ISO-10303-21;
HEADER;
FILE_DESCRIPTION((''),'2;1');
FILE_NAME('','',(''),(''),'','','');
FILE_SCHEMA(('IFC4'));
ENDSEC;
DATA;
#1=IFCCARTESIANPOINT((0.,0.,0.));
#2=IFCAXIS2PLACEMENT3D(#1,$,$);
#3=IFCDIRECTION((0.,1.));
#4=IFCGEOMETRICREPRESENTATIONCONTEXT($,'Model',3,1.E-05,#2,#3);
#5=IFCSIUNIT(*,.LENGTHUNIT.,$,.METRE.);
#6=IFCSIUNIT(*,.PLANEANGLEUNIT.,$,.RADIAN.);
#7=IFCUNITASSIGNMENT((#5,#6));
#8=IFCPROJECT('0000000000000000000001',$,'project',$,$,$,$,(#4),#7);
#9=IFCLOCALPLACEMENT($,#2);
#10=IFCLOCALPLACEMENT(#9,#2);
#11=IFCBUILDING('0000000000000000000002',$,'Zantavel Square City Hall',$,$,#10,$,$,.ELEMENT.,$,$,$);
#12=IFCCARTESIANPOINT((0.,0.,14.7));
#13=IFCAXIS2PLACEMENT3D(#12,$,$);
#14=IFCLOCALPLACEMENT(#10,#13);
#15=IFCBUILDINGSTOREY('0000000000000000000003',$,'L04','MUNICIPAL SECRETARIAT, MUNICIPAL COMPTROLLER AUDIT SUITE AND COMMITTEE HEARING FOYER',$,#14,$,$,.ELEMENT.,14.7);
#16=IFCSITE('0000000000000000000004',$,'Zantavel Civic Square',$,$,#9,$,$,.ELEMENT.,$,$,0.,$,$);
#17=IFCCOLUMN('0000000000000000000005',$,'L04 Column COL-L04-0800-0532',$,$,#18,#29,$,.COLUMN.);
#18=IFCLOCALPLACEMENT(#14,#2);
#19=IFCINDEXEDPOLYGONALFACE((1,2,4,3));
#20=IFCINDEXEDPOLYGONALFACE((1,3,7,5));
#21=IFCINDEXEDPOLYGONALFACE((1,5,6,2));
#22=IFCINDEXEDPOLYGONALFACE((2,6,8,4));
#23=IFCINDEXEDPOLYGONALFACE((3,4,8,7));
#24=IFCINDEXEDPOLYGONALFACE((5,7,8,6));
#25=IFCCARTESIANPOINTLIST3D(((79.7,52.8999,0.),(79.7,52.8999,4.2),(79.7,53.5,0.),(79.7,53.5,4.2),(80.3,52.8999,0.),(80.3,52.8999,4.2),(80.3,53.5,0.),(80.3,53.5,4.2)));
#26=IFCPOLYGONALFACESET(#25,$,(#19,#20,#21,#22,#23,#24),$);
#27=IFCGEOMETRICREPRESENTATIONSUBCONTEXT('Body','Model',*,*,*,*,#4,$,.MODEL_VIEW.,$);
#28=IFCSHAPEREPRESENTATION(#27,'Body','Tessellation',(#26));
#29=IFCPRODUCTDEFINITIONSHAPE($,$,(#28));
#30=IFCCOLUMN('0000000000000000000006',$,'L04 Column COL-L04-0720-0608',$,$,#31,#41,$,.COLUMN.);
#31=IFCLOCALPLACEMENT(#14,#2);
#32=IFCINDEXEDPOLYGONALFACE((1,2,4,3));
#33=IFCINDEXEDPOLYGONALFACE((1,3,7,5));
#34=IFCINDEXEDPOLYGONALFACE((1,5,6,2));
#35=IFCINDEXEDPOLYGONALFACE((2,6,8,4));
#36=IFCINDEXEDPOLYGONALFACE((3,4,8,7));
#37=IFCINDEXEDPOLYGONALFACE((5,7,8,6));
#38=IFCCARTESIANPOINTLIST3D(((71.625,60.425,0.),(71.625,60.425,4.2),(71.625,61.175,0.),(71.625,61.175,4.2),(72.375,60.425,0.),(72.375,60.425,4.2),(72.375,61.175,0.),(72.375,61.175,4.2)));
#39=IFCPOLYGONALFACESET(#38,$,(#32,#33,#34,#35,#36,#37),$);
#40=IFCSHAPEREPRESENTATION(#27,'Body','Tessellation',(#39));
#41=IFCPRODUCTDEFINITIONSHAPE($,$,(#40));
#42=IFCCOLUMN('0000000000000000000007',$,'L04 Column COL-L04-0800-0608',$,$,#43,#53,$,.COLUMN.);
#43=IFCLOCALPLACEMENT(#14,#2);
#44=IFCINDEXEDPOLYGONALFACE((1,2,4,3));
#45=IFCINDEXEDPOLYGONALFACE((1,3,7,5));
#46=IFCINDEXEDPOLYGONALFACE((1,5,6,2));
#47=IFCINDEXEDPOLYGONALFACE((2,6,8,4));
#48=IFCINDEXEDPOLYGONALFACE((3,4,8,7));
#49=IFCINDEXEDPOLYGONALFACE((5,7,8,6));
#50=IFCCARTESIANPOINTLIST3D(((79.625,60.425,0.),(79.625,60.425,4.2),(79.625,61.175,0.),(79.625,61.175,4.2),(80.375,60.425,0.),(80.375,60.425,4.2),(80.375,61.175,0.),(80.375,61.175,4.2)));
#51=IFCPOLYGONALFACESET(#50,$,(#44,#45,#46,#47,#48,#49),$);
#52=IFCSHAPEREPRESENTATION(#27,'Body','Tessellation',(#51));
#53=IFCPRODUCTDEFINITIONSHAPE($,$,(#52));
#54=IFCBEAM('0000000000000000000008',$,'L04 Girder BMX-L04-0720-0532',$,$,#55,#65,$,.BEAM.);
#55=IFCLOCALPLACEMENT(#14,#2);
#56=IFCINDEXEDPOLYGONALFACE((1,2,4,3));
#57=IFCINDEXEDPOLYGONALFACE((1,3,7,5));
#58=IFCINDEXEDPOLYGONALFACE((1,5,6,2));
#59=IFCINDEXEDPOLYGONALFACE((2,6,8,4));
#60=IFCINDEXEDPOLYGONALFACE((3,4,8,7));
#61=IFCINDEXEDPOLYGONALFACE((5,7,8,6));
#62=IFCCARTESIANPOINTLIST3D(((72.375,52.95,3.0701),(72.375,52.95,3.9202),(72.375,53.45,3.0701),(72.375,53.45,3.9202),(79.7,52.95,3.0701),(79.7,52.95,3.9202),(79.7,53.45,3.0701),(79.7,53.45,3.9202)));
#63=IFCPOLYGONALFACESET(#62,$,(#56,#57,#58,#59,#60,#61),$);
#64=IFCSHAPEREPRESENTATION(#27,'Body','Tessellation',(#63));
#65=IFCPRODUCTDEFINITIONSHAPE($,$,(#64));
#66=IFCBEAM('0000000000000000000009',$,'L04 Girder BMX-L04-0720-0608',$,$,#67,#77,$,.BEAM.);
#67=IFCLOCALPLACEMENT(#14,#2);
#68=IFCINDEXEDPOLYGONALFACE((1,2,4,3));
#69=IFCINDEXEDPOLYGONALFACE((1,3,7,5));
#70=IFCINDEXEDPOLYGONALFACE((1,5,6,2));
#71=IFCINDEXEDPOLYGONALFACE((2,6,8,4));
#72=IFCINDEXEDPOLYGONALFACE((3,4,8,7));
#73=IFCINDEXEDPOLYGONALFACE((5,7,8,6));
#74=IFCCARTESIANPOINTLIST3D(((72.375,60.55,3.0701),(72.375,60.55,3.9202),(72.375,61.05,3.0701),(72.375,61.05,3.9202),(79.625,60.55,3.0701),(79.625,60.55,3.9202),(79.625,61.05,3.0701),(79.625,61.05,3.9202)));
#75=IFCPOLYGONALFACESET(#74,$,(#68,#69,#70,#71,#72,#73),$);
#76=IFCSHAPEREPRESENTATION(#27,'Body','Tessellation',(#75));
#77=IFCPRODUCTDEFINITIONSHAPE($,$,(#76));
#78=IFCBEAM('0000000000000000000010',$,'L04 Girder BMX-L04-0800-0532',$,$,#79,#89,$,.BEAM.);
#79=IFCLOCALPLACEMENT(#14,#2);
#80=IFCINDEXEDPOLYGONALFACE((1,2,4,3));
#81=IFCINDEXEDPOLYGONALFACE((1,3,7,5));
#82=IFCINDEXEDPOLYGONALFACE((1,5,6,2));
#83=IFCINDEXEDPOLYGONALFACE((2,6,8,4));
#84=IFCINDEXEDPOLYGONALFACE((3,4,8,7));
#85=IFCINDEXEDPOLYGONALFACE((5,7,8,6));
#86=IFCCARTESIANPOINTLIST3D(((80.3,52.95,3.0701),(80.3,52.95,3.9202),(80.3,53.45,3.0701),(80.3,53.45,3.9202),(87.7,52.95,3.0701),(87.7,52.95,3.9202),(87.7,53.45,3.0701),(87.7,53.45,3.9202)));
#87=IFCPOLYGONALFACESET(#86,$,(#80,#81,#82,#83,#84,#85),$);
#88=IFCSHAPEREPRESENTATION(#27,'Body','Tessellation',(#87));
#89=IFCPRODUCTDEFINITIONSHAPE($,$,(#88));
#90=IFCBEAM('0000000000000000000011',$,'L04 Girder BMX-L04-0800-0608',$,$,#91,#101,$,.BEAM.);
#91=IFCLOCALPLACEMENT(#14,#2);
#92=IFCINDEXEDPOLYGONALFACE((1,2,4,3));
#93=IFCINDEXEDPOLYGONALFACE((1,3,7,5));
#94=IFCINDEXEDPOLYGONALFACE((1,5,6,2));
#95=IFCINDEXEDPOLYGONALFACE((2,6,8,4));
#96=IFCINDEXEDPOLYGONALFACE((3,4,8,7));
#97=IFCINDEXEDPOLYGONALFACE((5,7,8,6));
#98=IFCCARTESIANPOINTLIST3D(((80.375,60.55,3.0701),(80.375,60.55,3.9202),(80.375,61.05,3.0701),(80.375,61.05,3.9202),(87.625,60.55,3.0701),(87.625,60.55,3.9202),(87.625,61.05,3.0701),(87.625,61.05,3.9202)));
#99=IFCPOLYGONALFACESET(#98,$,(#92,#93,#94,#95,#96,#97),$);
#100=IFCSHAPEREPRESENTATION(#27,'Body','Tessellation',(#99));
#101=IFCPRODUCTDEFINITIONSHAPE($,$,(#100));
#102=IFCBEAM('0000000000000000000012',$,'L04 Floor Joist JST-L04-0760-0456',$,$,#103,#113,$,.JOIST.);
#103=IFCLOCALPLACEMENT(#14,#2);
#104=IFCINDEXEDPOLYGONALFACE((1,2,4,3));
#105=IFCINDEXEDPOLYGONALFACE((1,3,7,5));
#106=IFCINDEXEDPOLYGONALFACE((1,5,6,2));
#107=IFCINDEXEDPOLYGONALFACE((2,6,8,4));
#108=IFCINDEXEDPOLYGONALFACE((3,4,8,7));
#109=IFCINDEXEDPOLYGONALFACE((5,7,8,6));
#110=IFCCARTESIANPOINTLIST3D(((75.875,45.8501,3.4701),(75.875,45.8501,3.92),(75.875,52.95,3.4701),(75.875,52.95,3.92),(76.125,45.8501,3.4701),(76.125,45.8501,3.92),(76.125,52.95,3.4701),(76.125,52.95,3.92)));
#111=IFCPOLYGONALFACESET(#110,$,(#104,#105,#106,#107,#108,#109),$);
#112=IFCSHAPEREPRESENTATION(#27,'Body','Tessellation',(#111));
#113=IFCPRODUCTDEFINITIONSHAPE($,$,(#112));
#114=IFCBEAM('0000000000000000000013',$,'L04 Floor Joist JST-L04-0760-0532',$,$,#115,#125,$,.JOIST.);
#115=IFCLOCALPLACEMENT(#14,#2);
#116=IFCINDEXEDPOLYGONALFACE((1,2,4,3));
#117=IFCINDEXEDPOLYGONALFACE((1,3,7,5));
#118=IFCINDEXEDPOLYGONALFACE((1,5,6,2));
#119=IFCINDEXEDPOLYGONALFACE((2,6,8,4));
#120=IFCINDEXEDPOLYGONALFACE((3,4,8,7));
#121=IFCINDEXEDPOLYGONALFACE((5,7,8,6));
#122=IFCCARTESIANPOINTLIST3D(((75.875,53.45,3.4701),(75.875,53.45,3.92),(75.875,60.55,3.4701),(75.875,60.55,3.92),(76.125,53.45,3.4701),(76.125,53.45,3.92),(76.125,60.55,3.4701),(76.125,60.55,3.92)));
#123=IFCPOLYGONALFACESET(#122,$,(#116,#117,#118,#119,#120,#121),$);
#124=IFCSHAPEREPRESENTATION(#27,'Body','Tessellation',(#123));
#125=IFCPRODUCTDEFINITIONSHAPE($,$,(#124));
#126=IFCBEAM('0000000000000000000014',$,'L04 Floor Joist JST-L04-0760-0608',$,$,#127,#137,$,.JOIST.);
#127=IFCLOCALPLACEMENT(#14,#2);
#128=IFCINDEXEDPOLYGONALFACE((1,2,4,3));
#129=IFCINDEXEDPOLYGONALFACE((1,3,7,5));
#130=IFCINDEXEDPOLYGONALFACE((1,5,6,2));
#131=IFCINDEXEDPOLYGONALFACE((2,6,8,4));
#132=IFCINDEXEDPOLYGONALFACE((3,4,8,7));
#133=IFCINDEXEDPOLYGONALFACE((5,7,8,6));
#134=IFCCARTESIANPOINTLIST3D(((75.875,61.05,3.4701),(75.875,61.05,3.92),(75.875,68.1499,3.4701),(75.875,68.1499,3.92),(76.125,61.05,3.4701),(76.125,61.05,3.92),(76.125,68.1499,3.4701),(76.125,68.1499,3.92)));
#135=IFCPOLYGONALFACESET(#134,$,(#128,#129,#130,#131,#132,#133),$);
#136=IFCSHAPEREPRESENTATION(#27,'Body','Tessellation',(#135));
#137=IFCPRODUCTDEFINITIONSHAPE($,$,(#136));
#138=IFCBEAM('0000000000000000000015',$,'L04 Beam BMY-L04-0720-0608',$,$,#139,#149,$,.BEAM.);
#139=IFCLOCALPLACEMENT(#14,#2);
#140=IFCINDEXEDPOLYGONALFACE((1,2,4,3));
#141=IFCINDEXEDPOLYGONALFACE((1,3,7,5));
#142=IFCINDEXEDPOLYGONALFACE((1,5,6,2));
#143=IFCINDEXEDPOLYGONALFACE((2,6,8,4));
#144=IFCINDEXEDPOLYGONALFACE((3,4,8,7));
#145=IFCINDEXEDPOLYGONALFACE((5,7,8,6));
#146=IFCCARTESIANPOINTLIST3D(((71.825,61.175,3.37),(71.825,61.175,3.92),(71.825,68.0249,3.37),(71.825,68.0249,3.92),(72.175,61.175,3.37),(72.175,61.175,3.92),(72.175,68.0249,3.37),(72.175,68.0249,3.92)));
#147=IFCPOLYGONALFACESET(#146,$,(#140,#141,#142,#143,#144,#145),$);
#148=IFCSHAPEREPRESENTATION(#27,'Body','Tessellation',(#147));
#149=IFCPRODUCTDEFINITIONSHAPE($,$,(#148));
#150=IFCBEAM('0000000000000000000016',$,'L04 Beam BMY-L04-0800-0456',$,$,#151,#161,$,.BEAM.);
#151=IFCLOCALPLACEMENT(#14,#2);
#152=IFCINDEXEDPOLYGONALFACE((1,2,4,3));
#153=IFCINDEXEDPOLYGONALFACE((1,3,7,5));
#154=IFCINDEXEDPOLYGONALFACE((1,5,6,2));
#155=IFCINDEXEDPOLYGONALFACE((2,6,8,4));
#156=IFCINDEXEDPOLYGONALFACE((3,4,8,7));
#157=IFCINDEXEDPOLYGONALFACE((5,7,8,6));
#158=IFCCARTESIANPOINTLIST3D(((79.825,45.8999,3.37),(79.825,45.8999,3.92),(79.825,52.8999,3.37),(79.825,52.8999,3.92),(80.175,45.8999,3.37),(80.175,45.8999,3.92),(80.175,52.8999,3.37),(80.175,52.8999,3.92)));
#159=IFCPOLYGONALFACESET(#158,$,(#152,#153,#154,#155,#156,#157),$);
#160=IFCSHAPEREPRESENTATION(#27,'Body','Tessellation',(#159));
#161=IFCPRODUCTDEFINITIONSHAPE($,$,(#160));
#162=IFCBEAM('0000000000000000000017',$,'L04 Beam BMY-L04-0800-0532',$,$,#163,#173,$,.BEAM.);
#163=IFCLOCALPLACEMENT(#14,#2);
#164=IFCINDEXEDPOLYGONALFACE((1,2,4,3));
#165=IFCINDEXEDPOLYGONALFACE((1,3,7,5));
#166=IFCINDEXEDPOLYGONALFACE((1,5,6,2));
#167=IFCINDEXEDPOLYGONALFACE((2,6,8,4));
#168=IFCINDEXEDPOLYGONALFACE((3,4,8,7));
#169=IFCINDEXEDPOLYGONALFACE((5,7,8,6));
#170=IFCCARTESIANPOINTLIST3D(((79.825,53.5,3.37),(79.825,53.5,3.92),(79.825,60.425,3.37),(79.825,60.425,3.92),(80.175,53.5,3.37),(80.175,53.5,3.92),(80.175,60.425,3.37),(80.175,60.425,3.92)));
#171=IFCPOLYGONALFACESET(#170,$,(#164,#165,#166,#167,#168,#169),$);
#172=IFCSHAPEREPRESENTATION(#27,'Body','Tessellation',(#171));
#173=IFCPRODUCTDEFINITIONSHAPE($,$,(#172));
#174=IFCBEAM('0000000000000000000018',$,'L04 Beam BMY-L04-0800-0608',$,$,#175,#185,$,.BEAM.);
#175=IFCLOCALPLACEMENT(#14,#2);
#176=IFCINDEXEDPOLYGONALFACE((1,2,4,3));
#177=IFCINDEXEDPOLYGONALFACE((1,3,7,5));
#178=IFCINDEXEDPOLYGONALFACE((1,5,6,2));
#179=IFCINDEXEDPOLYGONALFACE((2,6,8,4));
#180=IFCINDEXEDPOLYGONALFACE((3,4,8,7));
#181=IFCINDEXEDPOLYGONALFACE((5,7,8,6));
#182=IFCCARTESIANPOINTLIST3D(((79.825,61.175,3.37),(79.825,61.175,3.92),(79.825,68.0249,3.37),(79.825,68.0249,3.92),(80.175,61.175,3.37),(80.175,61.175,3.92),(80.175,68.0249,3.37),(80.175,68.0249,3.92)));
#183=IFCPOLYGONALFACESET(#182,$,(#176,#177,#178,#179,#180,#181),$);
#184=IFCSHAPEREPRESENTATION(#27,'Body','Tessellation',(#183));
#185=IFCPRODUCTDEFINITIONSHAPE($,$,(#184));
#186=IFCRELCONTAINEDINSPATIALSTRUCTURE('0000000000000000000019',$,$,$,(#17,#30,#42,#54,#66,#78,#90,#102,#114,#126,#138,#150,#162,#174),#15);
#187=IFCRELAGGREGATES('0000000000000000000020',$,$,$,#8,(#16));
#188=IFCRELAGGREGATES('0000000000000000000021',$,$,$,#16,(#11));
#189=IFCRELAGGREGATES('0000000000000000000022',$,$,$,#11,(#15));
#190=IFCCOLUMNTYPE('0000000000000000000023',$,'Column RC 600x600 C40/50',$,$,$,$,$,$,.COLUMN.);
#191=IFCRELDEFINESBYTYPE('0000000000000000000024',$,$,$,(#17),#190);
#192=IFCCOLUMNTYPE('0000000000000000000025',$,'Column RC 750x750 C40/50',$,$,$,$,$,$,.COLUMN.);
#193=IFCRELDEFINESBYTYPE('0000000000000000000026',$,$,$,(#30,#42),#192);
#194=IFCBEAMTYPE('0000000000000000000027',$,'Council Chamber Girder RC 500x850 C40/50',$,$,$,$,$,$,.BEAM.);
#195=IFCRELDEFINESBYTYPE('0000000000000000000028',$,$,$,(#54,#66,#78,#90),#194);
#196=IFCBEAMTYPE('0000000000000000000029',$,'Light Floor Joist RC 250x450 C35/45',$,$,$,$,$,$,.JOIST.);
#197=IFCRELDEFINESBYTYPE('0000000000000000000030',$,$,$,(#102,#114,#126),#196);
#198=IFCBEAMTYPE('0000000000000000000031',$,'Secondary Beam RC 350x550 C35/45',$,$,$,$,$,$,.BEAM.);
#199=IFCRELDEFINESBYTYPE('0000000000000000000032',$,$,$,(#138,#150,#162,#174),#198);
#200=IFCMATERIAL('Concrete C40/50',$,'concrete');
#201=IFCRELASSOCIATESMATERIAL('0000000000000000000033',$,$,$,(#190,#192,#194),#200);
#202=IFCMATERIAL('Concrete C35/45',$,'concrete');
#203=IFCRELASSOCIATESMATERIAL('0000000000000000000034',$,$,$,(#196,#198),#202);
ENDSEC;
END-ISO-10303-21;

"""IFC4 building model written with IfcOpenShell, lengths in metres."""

from ifc_helpers import new_model, si_unit, direction, frame, origin, origin_2d, place, context, subcontext, project, spatial, rectangle, extrude, material, material_profile, profile_set, type_object, element, save


model = new_model("IFC4")

# Units and contexts
model_context = context("Model", 3, precision=1e-05, world=origin(), true_north=direction((0.0, 1.0)))
body_context = subcontext(model_context, "Body", "Model", "MODEL_VIEW")
ifc_project = project(units=[si_unit("LENGTHUNIT", "METRE"), si_unit("PLANEANGLEUNIT", "RADIAN")], contexts=[model_context])

# Site, building, storey
site_placement = place(None, origin())
site = spatial("IfcSite", under=ifc_project, at=site_placement, Name="Zantavel Civic Square", CompositionType="ELEMENT", RefElevation=0.0)
building_placement = place(site_placement, origin())
building = spatial("IfcBuilding", under=site, at=building_placement, Name="Zantavel Square City Hall", CompositionType="ELEMENT")
storey_placement = place(building_placement, frame((0.0, 0.0, 14.7)))
storey = spatial("IfcBuildingStorey", under=building, at=storey_placement, Name="L04", Description="MUNICIPAL SECRETARIAT, MUNICIPAL COMPTROLLER AUDIT SUITE AND COMMITTEE HEARING FOYER", CompositionType="ELEMENT", Elevation=14.7)

# Columns
ifc_material_1 = material(Name="Concrete C40/50", Category="concrete")
ifc_material_profile_1 = material_profile(ifc_material_1, rectangle(XDim=0.6001, YDim=0.6001, at=origin_2d()), Name="RC 600x600")
ifc_profile_set_1 = profile_set([ifc_material_profile_1], Name="Concrete C40/50")
column_type_1 = type_object("IfcColumnType", Name="Column RC 600x600 C40/50", PredefinedType="COLUMN", material=ifc_profile_set_1)
column_placement = place(storey_placement, frame((80.0, 53.2, 0.0), z_axis=(0.0, 0.0, 1.0), x_axis=(1.0, 0.0, 0.0)))
element("IfcColumn", 1, at=column_placement, inside=storey, type_object=column_type_1, Name="L04 Column COL-L04-0800-0532", PredefinedType="COLUMN", context=body_context, shape_type="SweptSolid", body=[
    extrude(rectangle(XDim=0.6001, YDim=0.6001, at=origin_2d()), origin(), (0.0, 0.0, 1.0), 4.2),
])
ifc_material_profile_2 = material_profile(ifc_material_1, rectangle(XDim=0.75, YDim=0.75, at=origin_2d()), Name="RC 750x750")
ifc_profile_set_2 = profile_set([ifc_material_profile_2], Name="Concrete C40/50")
column_type_2 = type_object("IfcColumnType", Name="Column RC 750x750 C40/50", PredefinedType="COLUMN", material=ifc_profile_set_2)
for number, where, z_axis, x_axis, name in (
    (2, (72.0, 60.8, 0.0), (0.0, 0.0, 1.0), (1.0, 0.0, 0.0), "L04 Column COL-L04-0720-0608"),
    (3, (80.0, 60.8, 0.0), (0.0, 0.0, 1.0), (1.0, 0.0, 0.0), "L04 Column COL-L04-0800-0608"),
):
    element("IfcColumn", number, at=place(storey_placement, frame(where, z_axis=z_axis, x_axis=x_axis)), inside=storey, type_object=column_type_2, Name=name, PredefinedType="COLUMN", context=body_context, shape_type="SweptSolid", body=[
        extrude(rectangle(XDim=0.75, YDim=0.75, at=origin_2d()), origin(), (0.0, 0.0, 1.0), 4.2),
    ])

# Beams
ifc_material_profile_3 = material_profile(ifc_material_1, rectangle(XDim=0.5, YDim=0.8501, at=origin_2d()), Name="RC 500x850")
ifc_profile_set_3 = profile_set([ifc_material_profile_3], Name="Concrete C40/50")
beam_type_1 = type_object("IfcBeamType", Name="Council Chamber Girder RC 500x850 C40/50", PredefinedType="BEAM", material=ifc_profile_set_3)
beam_1_placement = place(storey_placement, frame((72.375, 53.2, 3.4951), z_axis=(1.0, 0.0, 0.0), x_axis=(0.0, 1.0, 0.0)))
element("IfcBeam", 4, at=beam_1_placement, inside=storey, type_object=beam_type_1, Name="L04 Girder BMX-L04-0720-0532", PredefinedType="BEAM", context=body_context, shape_type="SweptSolid", body=[
    extrude(rectangle(XDim=0.5, YDim=0.8501, at=origin_2d()), origin(), (0.0, 0.0, 1.0), 7.325),
])
beam_2_placement = place(storey_placement, frame((72.375, 60.8, 3.4951), z_axis=(1.0, 0.0, 0.0), x_axis=(0.0, 1.0, 0.0)))
element("IfcBeam", 5, at=beam_2_placement, inside=storey, type_object=beam_type_1, Name="L04 Girder BMX-L04-0720-0608", PredefinedType="BEAM", context=body_context, shape_type="SweptSolid", body=[
    extrude(rectangle(XDim=0.5, YDim=0.8501, at=origin_2d()), origin(), (0.0, 0.0, 1.0), 7.25),
])
beam_3_placement = place(storey_placement, frame((80.3, 53.2, 3.4951), z_axis=(1.0, 0.0, 0.0), x_axis=(0.0, 1.0, 0.0)))
element("IfcBeam", 6, at=beam_3_placement, inside=storey, type_object=beam_type_1, Name="L04 Girder BMX-L04-0800-0532", PredefinedType="BEAM", context=body_context, shape_type="SweptSolid", body=[
    extrude(rectangle(XDim=0.5, YDim=0.8501, at=origin_2d()), origin(), (0.0, 0.0, 1.0), 7.3999),
])
beam_4_placement = place(storey_placement, frame((80.375, 60.8, 3.4951), z_axis=(1.0, 0.0, 0.0), x_axis=(0.0, 1.0, 0.0)))
element("IfcBeam", 7, at=beam_4_placement, inside=storey, type_object=beam_type_1, Name="L04 Girder BMX-L04-0800-0608", PredefinedType="BEAM", context=body_context, shape_type="SweptSolid", body=[
    extrude(rectangle(XDim=0.5, YDim=0.8501, at=origin_2d()), origin(), (0.0, 0.0, 1.0), 7.25),
])
ifc_material_2 = material(Name="Concrete C35/45", Category="concrete")
ifc_material_profile_4 = material_profile(ifc_material_2, rectangle(XDim=0.25, YDim=0.45, at=origin_2d()), Name="RC 250x450")
ifc_profile_set_4 = profile_set([ifc_material_profile_4], Name="Concrete C35/45")
beam_type_2 = type_object("IfcBeamType", Name="Light Floor Joist RC 250x450 C35/45", PredefinedType="JOIST", material=ifc_profile_set_4)
beam_5_placement = place(storey_placement, frame((76.0, 45.8501, 3.6951), z_axis=(0.0, 1.0, 0.0), x_axis=(-1.0, 0.0, 0.0)))
element("IfcBeam", 8, at=beam_5_placement, inside=storey, type_object=beam_type_2, Name="L04 Floor Joist JST-L04-0760-0456", PredefinedType="JOIST", context=body_context, shape_type="SweptSolid", body=[
    extrude(rectangle(XDim=0.25, YDim=0.45, at=origin_2d()), origin(), (0.0, 0.0, 1.0), 7.0999),
])
beam_6_placement = place(storey_placement, frame((76.0, 53.45, 3.6951), z_axis=(0.0, 1.0, 0.0), x_axis=(-1.0, 0.0, 0.0)))
element("IfcBeam", 9, at=beam_6_placement, inside=storey, type_object=beam_type_2, Name="L04 Floor Joist JST-L04-0760-0532", PredefinedType="JOIST", context=body_context, shape_type="SweptSolid", body=[
    extrude(rectangle(XDim=0.25, YDim=0.45, at=origin_2d()), origin(), (0.0, 0.0, 1.0), 7.1001),
])
beam_7_placement = place(storey_placement, frame((76.0, 61.05, 3.6951), z_axis=(0.0, 1.0, 0.0), x_axis=(-1.0, 0.0, 0.0)))
element("IfcBeam", 10, at=beam_7_placement, inside=storey, type_object=beam_type_2, Name="L04 Floor Joist JST-L04-0760-0608", PredefinedType="JOIST", context=body_context, shape_type="SweptSolid", body=[
    extrude(rectangle(XDim=0.25, YDim=0.45, at=origin_2d()), origin(), (0.0, 0.0, 1.0), 7.0999),
])
ifc_material_profile_5 = material_profile(ifc_material_2, rectangle(XDim=0.3501, YDim=0.55, at=origin_2d()), Name="RC 350x550")
ifc_profile_set_5 = profile_set([ifc_material_profile_5], Name="Concrete C35/45")
beam_type_3 = type_object("IfcBeamType", Name="Secondary Beam RC 350x550 C35/45", PredefinedType="BEAM", material=ifc_profile_set_5)
beam_8_placement = place(storey_placement, frame((72.0, 61.175, 3.645), z_axis=(0.0, 1.0, 0.0), x_axis=(-1.0, 0.0, 0.0)))
element("IfcBeam", 11, at=beam_8_placement, inside=storey, type_object=beam_type_3, Name="L04 Beam BMY-L04-0720-0608", PredefinedType="BEAM", context=body_context, shape_type="SweptSolid", body=[
    extrude(rectangle(XDim=0.3501, YDim=0.55, at=origin_2d()), origin(), (0.0, 0.0, 1.0), 6.8499),
])
beam_9_placement = place(storey_placement, frame((80.0, 45.8999, 3.645), z_axis=(0.0, 1.0, 0.0), x_axis=(-1.0, 0.0, 0.0)))
element("IfcBeam", 12, at=beam_9_placement, inside=storey, type_object=beam_type_3, Name="L04 Beam BMY-L04-0800-0456", PredefinedType="BEAM", context=body_context, shape_type="SweptSolid", body=[
    extrude(rectangle(XDim=0.3501, YDim=0.55, at=origin_2d()), origin(), (0.0, 0.0, 1.0), 7.0),
])
beam_10_placement = place(storey_placement, frame((80.0, 53.5, 3.645), z_axis=(0.0, 1.0, 0.0), x_axis=(-1.0, 0.0, 0.0)))
element("IfcBeam", 13, at=beam_10_placement, inside=storey, type_object=beam_type_3, Name="L04 Beam BMY-L04-0800-0532", PredefinedType="BEAM", context=body_context, shape_type="SweptSolid", body=[
    extrude(rectangle(XDim=0.3501, YDim=0.55, at=origin_2d()), origin(), (0.0, 0.0, 1.0), 6.925),
])
beam_11_placement = place(storey_placement, frame((80.0, 61.175, 3.645), z_axis=(0.0, 1.0, 0.0), x_axis=(-1.0, 0.0, 0.0)))
element("IfcBeam", 14, at=beam_11_placement, inside=storey, type_object=beam_type_3, Name="L04 Beam BMY-L04-0800-0608", PredefinedType="BEAM", context=body_context, shape_type="SweptSolid", body=[
    extrude(rectangle(XDim=0.3501, YDim=0.55, at=origin_2d()), origin(), (0.0, 0.0, 1.0), 6.8499),
])

save(model, "model.ifc")
